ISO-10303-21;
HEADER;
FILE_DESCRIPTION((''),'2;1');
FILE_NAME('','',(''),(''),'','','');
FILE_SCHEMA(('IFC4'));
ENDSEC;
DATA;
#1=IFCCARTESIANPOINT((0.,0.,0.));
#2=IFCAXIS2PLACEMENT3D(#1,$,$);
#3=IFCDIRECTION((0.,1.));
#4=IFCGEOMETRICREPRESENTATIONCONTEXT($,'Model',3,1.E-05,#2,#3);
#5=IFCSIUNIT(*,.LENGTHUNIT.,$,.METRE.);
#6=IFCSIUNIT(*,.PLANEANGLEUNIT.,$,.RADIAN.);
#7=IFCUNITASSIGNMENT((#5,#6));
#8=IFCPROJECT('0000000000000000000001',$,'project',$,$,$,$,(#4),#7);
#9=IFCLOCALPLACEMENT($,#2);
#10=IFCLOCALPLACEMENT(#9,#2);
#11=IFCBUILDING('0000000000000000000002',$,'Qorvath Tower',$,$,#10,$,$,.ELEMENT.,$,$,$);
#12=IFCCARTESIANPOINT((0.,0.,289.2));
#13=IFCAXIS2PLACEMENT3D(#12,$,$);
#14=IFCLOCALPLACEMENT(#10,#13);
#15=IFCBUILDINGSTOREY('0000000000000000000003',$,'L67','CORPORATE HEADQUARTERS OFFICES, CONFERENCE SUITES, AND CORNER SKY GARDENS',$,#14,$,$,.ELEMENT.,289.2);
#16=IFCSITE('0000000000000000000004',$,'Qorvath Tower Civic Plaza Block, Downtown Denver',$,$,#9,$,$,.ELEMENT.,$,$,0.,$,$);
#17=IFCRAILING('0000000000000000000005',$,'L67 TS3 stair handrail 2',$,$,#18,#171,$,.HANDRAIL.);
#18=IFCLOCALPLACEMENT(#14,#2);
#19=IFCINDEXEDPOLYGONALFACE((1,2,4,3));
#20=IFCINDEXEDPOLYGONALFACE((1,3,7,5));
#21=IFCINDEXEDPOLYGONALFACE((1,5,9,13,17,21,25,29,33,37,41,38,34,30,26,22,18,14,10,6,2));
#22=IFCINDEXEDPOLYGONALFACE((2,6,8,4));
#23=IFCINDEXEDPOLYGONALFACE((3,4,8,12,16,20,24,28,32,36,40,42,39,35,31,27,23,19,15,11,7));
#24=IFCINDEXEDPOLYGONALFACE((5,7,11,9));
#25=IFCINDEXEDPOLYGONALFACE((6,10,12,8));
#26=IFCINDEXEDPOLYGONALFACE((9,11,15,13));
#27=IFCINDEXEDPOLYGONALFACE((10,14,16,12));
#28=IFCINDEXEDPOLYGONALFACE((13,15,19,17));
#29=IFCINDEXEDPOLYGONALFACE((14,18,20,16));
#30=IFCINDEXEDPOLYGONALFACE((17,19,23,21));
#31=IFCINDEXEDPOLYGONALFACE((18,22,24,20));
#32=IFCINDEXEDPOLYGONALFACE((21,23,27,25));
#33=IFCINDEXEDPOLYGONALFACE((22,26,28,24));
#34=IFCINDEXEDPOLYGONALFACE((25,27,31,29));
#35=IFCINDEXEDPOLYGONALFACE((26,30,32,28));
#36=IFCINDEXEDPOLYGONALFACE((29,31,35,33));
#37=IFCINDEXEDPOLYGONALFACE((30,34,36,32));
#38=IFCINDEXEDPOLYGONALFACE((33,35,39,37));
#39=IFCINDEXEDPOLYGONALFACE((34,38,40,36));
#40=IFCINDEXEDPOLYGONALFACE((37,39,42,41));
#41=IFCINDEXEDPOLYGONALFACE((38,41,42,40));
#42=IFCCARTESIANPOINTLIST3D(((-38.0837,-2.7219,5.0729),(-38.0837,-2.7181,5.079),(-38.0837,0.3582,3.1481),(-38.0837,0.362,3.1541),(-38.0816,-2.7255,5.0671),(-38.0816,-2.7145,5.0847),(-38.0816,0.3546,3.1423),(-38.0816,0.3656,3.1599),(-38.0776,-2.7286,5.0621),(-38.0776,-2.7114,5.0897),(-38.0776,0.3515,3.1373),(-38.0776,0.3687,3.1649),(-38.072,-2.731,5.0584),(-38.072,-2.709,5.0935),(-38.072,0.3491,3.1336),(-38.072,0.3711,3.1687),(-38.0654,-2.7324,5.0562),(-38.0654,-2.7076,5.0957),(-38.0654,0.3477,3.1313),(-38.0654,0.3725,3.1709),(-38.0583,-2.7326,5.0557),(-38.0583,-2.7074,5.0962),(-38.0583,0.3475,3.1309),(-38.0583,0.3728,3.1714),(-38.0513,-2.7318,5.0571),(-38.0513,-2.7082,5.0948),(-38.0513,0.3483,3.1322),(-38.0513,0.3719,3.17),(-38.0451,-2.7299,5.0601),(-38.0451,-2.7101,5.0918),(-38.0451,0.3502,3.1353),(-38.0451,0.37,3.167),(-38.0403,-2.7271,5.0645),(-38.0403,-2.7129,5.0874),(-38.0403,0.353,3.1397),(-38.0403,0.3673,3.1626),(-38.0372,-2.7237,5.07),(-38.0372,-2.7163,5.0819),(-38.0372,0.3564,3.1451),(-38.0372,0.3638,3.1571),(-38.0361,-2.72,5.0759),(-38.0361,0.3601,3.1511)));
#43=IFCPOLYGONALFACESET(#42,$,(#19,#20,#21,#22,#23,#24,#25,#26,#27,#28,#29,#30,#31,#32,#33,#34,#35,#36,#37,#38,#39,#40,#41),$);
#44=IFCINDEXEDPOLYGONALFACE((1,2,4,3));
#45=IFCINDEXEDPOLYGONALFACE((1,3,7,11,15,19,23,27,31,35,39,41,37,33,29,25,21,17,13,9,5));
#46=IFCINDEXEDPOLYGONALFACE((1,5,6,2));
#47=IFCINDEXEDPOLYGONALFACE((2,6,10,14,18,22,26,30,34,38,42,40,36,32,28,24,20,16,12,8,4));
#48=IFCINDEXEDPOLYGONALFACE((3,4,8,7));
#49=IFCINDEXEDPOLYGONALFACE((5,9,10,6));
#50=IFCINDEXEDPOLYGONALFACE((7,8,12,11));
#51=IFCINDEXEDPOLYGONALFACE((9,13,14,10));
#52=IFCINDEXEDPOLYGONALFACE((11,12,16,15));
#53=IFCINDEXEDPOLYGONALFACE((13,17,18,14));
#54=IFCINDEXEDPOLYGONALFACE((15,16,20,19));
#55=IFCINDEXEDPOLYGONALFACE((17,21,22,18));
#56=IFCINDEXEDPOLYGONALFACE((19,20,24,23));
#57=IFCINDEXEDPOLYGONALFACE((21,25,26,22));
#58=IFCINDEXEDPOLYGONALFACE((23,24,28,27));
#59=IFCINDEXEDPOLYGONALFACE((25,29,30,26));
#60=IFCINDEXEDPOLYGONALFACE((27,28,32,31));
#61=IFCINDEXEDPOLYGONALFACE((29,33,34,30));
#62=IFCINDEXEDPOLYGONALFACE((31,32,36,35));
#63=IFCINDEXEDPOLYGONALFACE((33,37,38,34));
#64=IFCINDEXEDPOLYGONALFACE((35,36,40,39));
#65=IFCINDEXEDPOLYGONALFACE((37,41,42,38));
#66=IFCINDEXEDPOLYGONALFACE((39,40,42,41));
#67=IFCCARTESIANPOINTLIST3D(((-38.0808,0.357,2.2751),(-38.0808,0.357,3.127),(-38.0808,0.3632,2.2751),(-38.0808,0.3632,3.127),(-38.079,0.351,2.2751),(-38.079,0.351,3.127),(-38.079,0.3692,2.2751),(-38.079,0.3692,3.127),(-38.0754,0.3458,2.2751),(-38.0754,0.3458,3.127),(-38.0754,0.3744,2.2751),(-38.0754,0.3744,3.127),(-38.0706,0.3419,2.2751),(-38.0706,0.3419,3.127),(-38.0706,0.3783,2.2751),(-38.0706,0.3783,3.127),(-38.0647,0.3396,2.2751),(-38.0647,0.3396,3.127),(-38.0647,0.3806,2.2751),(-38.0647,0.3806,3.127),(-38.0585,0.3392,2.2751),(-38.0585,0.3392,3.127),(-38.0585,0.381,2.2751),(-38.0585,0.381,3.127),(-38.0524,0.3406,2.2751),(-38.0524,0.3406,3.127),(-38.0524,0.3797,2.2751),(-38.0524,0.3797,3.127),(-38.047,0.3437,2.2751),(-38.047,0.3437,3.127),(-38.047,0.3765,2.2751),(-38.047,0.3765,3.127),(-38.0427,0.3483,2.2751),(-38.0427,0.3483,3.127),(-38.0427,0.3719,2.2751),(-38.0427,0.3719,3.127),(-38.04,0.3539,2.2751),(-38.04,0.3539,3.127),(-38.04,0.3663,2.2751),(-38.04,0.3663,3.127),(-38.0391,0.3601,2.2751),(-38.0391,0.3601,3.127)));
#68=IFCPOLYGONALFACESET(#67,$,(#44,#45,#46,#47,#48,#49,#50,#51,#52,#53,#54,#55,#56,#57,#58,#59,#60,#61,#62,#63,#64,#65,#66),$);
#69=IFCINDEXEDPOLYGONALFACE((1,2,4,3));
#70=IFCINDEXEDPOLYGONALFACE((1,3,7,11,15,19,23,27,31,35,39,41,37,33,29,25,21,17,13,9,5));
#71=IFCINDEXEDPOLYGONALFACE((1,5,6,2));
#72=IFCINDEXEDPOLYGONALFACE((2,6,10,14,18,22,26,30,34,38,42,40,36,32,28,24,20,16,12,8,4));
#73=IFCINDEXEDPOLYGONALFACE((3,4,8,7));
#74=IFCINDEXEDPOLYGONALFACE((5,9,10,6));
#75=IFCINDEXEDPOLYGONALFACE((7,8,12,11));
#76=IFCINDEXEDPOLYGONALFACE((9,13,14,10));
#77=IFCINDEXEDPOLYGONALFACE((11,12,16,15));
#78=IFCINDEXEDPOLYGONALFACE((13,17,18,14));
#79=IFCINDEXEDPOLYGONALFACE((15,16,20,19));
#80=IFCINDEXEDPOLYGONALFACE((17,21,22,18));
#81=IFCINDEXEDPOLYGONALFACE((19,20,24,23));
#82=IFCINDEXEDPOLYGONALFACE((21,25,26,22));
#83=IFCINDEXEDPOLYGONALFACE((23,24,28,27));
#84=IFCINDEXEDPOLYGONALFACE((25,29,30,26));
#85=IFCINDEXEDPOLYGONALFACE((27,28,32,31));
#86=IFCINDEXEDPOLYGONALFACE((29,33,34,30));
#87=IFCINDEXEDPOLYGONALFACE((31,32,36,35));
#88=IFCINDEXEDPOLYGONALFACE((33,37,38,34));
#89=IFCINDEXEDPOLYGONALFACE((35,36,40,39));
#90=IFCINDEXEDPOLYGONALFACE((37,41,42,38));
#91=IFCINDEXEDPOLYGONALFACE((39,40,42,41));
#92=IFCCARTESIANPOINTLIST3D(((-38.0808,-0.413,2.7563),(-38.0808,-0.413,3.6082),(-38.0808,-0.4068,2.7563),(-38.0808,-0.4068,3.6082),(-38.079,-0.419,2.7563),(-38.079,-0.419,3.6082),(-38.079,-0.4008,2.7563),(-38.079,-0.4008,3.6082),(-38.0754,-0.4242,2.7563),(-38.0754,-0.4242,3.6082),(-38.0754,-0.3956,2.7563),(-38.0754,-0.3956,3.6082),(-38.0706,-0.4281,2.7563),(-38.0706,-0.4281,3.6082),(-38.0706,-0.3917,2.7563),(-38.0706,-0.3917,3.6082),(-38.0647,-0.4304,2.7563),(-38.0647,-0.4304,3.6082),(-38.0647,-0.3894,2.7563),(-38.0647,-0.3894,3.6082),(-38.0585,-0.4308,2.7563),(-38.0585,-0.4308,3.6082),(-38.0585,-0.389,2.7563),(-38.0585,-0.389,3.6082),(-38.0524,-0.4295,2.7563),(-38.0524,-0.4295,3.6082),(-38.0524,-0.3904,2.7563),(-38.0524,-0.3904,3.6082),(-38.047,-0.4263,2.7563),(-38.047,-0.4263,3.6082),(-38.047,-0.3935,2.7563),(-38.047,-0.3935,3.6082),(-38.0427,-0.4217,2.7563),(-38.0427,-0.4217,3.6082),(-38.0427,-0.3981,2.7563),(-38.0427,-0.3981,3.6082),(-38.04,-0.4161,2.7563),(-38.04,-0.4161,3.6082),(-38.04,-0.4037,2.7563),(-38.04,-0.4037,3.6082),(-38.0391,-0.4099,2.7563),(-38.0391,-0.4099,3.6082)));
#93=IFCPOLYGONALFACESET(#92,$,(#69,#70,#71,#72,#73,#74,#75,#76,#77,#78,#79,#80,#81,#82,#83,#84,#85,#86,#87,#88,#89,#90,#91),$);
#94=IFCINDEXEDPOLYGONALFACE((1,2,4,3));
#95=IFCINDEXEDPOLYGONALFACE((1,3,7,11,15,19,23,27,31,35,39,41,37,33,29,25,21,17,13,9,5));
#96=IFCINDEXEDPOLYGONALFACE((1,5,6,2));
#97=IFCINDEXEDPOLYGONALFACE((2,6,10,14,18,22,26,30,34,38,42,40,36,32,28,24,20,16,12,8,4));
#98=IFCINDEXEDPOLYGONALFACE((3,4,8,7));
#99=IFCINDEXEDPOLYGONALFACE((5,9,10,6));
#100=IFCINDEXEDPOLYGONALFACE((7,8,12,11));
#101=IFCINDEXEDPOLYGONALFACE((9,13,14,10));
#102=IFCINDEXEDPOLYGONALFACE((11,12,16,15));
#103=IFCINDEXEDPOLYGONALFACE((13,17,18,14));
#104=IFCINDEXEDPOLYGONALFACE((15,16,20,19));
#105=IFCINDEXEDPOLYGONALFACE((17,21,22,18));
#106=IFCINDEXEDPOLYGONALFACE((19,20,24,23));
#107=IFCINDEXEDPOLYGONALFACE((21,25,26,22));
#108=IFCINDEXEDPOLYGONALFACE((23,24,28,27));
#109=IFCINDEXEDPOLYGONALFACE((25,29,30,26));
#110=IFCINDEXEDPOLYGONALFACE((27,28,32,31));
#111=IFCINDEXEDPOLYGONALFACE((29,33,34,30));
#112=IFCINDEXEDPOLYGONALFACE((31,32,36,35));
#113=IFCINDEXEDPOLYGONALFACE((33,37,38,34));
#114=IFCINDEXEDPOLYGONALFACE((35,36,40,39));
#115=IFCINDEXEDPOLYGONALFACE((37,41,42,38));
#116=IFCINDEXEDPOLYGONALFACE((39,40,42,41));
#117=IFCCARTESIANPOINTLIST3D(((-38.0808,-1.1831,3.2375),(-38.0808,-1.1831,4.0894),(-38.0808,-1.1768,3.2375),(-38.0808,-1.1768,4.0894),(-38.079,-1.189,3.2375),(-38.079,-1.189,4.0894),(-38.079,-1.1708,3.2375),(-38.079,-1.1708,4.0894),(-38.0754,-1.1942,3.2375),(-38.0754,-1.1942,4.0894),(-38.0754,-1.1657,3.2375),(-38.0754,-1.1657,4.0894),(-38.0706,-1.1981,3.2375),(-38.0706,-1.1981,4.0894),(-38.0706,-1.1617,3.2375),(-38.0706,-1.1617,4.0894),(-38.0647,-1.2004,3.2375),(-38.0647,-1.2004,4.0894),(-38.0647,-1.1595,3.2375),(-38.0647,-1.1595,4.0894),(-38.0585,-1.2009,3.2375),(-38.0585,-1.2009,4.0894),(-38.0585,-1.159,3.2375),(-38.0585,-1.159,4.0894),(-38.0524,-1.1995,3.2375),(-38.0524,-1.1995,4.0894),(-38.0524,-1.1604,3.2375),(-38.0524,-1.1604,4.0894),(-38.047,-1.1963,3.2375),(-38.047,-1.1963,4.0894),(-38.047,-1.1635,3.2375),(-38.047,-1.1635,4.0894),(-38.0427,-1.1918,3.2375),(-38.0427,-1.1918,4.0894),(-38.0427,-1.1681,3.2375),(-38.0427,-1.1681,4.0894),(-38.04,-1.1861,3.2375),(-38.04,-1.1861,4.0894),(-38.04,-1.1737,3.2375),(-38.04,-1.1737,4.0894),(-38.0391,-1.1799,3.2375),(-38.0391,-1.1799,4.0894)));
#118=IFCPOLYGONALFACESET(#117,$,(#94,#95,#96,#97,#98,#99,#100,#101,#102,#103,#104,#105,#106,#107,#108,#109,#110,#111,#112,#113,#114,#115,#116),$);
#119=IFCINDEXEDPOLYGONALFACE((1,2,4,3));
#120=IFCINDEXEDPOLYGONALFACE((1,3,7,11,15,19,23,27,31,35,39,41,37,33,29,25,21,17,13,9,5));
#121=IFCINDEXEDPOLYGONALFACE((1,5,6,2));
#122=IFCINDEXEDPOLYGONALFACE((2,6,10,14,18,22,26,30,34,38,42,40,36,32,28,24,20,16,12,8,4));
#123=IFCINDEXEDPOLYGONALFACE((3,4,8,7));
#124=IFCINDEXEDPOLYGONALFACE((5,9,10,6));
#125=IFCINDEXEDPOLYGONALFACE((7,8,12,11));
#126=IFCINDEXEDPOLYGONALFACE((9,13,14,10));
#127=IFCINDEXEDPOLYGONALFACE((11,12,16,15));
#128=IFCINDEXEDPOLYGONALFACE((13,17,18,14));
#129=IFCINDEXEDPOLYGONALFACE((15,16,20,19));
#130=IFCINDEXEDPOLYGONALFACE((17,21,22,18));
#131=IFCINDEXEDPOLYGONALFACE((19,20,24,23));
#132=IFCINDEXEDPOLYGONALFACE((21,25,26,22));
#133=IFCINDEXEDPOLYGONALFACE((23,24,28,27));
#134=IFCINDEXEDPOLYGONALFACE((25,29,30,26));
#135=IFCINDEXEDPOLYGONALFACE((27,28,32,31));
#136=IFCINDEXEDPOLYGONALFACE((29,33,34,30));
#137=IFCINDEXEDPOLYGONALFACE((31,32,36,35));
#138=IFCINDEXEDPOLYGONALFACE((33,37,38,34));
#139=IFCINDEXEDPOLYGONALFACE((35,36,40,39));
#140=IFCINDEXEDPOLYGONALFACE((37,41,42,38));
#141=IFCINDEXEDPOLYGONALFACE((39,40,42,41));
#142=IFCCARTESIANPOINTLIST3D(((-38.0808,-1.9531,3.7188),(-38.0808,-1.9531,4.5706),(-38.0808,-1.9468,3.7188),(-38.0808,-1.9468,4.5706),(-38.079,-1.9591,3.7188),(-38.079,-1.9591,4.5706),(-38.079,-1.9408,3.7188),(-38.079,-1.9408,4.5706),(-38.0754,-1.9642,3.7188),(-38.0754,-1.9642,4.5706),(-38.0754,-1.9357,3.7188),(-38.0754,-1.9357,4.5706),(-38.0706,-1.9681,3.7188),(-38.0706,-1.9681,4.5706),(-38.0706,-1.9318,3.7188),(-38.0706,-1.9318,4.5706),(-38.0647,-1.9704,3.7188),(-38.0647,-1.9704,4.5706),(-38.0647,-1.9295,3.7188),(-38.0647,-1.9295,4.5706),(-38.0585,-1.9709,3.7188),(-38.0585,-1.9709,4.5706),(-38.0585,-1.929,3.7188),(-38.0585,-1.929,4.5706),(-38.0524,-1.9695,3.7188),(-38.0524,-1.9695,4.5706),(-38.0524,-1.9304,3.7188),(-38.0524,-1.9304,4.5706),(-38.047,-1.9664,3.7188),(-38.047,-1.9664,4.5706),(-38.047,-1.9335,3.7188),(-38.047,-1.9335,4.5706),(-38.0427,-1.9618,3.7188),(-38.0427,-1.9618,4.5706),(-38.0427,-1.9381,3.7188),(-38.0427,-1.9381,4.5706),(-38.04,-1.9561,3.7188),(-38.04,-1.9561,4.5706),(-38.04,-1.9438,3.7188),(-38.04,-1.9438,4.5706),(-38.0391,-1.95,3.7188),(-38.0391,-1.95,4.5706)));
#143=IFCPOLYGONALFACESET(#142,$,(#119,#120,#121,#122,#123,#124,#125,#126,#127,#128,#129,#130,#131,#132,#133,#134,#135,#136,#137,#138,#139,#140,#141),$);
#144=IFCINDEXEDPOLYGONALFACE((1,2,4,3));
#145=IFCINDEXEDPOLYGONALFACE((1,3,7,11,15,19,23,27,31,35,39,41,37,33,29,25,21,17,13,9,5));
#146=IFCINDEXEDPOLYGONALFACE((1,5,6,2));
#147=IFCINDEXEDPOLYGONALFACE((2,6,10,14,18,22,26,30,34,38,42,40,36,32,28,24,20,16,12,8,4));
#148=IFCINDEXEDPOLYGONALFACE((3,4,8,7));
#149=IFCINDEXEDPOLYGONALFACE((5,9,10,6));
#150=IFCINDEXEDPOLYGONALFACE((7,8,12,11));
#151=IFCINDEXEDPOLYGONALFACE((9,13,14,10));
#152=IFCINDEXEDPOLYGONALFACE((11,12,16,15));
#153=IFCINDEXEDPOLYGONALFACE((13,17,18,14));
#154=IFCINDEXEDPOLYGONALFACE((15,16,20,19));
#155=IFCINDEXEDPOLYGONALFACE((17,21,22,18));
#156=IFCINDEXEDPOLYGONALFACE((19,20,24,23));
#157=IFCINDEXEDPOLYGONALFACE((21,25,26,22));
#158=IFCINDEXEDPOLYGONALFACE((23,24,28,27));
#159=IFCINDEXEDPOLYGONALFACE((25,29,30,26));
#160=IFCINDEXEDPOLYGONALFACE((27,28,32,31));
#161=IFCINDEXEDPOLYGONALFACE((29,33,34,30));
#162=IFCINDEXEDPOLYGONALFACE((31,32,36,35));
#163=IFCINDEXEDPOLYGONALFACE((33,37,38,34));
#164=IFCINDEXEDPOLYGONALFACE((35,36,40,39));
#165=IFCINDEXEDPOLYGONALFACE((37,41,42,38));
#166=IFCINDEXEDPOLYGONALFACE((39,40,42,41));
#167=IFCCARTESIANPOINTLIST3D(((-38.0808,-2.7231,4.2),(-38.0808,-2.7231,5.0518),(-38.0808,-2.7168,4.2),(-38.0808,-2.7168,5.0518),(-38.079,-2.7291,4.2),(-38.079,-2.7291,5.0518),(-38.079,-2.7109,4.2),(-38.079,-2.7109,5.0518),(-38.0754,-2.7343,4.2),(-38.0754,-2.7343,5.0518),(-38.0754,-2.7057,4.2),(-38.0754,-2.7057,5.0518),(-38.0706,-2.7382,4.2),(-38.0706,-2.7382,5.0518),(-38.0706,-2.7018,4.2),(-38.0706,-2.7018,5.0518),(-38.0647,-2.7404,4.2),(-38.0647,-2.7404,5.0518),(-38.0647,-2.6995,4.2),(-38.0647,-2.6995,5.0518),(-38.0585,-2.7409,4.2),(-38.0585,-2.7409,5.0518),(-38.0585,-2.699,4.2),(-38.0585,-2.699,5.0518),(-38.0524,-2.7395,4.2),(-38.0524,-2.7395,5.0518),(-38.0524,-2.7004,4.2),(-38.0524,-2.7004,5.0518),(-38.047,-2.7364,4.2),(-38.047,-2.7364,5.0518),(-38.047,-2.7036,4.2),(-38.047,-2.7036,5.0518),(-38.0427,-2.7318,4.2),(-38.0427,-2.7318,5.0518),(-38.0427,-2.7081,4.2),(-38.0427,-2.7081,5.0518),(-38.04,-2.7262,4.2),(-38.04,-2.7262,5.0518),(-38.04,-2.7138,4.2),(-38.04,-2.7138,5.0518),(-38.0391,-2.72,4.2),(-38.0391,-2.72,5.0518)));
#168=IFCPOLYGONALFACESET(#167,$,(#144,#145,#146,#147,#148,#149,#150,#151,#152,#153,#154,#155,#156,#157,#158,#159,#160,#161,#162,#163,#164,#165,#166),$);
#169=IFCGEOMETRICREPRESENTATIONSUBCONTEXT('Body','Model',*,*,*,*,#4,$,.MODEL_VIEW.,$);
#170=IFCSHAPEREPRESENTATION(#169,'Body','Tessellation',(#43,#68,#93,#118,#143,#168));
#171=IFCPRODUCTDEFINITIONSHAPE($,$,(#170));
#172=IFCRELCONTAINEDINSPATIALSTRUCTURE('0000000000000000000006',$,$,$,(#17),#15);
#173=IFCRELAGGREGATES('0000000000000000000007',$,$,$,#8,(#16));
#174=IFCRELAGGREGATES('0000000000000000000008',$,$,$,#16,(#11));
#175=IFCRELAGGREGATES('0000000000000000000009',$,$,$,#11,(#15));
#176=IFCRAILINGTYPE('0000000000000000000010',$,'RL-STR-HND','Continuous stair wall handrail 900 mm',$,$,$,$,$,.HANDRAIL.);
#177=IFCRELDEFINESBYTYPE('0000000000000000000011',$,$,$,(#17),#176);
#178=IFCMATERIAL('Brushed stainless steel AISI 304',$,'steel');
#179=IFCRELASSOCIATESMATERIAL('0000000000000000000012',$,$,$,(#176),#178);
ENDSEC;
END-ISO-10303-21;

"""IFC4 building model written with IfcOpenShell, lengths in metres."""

from ifc_helpers import new_model, si_unit, direction, frame, origin, origin_2d, place, context, subcontext, project, spatial, circle, extrude, material, type_object, element, save


model = new_model("IFC4")

# Units and contexts
model_context = context("Model", 3, precision=1e-05, world=origin(), true_north=direction((0.0, 1.0)))
body_context = subcontext(model_context, "Body", "Model", "MODEL_VIEW")
ifc_project = project(units=[si_unit("LENGTHUNIT", "METRE"), si_unit("PLANEANGLEUNIT", "RADIAN")], contexts=[model_context])

# Site, building, storey
site_placement = place(None, origin())
site = spatial("IfcSite", under=ifc_project, at=site_placement, Name="Qorvath Tower Civic Plaza Block, Downtown Denver", CompositionType="ELEMENT", RefElevation=0.0)
building_placement = place(site_placement, origin())
building = spatial("IfcBuilding", under=site, at=building_placement, Name="Qorvath Tower", CompositionType="ELEMENT")
storey_placement = place(building_placement, frame((0.0, 0.0, 289.2)))
storey = spatial("IfcBuildingStorey", under=building, at=storey_placement, Name="L67", Description="CORPORATE HEADQUARTERS OFFICES, CONFERENCE SUITES, AND CORNER SKY GARDENS", CompositionType="ELEMENT", Elevation=289.2)

# Railing
ifc_material_1 = material(Name="Brushed stainless steel AISI 304", Category="steel")
railing_type_1 = type_object("IfcRailingType", Name="RL-STR-HND", Description="Continuous stair wall handrail 900 mm", PredefinedType="HANDRAIL", material=ifc_material_1)
railing_1_placement = place(storey_placement, frame((-38.0601, 0.3601, 2.2751)))
element("IfcRailing", 1, at=railing_1_placement, inside=storey, type_object=railing_type_1, Name="L67 TS3 stair handrail 2", PredefinedType="HANDRAIL", context=body_context, shape_type="SweptSolid", body=[
    extrude(circle(Radius=0.0239, at=origin_2d()), frame((0.0, 0.0, 0.876), z_axis=(0.0, -0.848029, 0.529951), x_axis=(1.0, 0.0, 0.0)), (0.0, 0.0, 1.0), 3.6321),
    extrude(circle(Radius=0.021, at=origin_2d()), origin(), (0.0, 0.0, 1.0), 0.8518),
    extrude(circle(Radius=0.021, at=origin_2d()), frame((0.0, -0.77, 0.4812)), (0.0, 0.0, 1.0), 0.8518),
    extrude(circle(Radius=0.021, at=origin_2d()), frame((0.0, -1.54, 0.9624)), (0.0, 0.0, 1.0), 0.8518),
    extrude(circle(Radius=0.021, at=origin_2d()), frame((0.0, -2.3101, 1.4436)), (0.0, 0.0, 1.0), 0.8518),
    extrude(circle(Radius=0.021, at=origin_2d()), frame((0.0, -3.0801, 1.9248)), (0.0, 0.0, 1.0), 0.8518),
])

save(model, "model.ifc")
